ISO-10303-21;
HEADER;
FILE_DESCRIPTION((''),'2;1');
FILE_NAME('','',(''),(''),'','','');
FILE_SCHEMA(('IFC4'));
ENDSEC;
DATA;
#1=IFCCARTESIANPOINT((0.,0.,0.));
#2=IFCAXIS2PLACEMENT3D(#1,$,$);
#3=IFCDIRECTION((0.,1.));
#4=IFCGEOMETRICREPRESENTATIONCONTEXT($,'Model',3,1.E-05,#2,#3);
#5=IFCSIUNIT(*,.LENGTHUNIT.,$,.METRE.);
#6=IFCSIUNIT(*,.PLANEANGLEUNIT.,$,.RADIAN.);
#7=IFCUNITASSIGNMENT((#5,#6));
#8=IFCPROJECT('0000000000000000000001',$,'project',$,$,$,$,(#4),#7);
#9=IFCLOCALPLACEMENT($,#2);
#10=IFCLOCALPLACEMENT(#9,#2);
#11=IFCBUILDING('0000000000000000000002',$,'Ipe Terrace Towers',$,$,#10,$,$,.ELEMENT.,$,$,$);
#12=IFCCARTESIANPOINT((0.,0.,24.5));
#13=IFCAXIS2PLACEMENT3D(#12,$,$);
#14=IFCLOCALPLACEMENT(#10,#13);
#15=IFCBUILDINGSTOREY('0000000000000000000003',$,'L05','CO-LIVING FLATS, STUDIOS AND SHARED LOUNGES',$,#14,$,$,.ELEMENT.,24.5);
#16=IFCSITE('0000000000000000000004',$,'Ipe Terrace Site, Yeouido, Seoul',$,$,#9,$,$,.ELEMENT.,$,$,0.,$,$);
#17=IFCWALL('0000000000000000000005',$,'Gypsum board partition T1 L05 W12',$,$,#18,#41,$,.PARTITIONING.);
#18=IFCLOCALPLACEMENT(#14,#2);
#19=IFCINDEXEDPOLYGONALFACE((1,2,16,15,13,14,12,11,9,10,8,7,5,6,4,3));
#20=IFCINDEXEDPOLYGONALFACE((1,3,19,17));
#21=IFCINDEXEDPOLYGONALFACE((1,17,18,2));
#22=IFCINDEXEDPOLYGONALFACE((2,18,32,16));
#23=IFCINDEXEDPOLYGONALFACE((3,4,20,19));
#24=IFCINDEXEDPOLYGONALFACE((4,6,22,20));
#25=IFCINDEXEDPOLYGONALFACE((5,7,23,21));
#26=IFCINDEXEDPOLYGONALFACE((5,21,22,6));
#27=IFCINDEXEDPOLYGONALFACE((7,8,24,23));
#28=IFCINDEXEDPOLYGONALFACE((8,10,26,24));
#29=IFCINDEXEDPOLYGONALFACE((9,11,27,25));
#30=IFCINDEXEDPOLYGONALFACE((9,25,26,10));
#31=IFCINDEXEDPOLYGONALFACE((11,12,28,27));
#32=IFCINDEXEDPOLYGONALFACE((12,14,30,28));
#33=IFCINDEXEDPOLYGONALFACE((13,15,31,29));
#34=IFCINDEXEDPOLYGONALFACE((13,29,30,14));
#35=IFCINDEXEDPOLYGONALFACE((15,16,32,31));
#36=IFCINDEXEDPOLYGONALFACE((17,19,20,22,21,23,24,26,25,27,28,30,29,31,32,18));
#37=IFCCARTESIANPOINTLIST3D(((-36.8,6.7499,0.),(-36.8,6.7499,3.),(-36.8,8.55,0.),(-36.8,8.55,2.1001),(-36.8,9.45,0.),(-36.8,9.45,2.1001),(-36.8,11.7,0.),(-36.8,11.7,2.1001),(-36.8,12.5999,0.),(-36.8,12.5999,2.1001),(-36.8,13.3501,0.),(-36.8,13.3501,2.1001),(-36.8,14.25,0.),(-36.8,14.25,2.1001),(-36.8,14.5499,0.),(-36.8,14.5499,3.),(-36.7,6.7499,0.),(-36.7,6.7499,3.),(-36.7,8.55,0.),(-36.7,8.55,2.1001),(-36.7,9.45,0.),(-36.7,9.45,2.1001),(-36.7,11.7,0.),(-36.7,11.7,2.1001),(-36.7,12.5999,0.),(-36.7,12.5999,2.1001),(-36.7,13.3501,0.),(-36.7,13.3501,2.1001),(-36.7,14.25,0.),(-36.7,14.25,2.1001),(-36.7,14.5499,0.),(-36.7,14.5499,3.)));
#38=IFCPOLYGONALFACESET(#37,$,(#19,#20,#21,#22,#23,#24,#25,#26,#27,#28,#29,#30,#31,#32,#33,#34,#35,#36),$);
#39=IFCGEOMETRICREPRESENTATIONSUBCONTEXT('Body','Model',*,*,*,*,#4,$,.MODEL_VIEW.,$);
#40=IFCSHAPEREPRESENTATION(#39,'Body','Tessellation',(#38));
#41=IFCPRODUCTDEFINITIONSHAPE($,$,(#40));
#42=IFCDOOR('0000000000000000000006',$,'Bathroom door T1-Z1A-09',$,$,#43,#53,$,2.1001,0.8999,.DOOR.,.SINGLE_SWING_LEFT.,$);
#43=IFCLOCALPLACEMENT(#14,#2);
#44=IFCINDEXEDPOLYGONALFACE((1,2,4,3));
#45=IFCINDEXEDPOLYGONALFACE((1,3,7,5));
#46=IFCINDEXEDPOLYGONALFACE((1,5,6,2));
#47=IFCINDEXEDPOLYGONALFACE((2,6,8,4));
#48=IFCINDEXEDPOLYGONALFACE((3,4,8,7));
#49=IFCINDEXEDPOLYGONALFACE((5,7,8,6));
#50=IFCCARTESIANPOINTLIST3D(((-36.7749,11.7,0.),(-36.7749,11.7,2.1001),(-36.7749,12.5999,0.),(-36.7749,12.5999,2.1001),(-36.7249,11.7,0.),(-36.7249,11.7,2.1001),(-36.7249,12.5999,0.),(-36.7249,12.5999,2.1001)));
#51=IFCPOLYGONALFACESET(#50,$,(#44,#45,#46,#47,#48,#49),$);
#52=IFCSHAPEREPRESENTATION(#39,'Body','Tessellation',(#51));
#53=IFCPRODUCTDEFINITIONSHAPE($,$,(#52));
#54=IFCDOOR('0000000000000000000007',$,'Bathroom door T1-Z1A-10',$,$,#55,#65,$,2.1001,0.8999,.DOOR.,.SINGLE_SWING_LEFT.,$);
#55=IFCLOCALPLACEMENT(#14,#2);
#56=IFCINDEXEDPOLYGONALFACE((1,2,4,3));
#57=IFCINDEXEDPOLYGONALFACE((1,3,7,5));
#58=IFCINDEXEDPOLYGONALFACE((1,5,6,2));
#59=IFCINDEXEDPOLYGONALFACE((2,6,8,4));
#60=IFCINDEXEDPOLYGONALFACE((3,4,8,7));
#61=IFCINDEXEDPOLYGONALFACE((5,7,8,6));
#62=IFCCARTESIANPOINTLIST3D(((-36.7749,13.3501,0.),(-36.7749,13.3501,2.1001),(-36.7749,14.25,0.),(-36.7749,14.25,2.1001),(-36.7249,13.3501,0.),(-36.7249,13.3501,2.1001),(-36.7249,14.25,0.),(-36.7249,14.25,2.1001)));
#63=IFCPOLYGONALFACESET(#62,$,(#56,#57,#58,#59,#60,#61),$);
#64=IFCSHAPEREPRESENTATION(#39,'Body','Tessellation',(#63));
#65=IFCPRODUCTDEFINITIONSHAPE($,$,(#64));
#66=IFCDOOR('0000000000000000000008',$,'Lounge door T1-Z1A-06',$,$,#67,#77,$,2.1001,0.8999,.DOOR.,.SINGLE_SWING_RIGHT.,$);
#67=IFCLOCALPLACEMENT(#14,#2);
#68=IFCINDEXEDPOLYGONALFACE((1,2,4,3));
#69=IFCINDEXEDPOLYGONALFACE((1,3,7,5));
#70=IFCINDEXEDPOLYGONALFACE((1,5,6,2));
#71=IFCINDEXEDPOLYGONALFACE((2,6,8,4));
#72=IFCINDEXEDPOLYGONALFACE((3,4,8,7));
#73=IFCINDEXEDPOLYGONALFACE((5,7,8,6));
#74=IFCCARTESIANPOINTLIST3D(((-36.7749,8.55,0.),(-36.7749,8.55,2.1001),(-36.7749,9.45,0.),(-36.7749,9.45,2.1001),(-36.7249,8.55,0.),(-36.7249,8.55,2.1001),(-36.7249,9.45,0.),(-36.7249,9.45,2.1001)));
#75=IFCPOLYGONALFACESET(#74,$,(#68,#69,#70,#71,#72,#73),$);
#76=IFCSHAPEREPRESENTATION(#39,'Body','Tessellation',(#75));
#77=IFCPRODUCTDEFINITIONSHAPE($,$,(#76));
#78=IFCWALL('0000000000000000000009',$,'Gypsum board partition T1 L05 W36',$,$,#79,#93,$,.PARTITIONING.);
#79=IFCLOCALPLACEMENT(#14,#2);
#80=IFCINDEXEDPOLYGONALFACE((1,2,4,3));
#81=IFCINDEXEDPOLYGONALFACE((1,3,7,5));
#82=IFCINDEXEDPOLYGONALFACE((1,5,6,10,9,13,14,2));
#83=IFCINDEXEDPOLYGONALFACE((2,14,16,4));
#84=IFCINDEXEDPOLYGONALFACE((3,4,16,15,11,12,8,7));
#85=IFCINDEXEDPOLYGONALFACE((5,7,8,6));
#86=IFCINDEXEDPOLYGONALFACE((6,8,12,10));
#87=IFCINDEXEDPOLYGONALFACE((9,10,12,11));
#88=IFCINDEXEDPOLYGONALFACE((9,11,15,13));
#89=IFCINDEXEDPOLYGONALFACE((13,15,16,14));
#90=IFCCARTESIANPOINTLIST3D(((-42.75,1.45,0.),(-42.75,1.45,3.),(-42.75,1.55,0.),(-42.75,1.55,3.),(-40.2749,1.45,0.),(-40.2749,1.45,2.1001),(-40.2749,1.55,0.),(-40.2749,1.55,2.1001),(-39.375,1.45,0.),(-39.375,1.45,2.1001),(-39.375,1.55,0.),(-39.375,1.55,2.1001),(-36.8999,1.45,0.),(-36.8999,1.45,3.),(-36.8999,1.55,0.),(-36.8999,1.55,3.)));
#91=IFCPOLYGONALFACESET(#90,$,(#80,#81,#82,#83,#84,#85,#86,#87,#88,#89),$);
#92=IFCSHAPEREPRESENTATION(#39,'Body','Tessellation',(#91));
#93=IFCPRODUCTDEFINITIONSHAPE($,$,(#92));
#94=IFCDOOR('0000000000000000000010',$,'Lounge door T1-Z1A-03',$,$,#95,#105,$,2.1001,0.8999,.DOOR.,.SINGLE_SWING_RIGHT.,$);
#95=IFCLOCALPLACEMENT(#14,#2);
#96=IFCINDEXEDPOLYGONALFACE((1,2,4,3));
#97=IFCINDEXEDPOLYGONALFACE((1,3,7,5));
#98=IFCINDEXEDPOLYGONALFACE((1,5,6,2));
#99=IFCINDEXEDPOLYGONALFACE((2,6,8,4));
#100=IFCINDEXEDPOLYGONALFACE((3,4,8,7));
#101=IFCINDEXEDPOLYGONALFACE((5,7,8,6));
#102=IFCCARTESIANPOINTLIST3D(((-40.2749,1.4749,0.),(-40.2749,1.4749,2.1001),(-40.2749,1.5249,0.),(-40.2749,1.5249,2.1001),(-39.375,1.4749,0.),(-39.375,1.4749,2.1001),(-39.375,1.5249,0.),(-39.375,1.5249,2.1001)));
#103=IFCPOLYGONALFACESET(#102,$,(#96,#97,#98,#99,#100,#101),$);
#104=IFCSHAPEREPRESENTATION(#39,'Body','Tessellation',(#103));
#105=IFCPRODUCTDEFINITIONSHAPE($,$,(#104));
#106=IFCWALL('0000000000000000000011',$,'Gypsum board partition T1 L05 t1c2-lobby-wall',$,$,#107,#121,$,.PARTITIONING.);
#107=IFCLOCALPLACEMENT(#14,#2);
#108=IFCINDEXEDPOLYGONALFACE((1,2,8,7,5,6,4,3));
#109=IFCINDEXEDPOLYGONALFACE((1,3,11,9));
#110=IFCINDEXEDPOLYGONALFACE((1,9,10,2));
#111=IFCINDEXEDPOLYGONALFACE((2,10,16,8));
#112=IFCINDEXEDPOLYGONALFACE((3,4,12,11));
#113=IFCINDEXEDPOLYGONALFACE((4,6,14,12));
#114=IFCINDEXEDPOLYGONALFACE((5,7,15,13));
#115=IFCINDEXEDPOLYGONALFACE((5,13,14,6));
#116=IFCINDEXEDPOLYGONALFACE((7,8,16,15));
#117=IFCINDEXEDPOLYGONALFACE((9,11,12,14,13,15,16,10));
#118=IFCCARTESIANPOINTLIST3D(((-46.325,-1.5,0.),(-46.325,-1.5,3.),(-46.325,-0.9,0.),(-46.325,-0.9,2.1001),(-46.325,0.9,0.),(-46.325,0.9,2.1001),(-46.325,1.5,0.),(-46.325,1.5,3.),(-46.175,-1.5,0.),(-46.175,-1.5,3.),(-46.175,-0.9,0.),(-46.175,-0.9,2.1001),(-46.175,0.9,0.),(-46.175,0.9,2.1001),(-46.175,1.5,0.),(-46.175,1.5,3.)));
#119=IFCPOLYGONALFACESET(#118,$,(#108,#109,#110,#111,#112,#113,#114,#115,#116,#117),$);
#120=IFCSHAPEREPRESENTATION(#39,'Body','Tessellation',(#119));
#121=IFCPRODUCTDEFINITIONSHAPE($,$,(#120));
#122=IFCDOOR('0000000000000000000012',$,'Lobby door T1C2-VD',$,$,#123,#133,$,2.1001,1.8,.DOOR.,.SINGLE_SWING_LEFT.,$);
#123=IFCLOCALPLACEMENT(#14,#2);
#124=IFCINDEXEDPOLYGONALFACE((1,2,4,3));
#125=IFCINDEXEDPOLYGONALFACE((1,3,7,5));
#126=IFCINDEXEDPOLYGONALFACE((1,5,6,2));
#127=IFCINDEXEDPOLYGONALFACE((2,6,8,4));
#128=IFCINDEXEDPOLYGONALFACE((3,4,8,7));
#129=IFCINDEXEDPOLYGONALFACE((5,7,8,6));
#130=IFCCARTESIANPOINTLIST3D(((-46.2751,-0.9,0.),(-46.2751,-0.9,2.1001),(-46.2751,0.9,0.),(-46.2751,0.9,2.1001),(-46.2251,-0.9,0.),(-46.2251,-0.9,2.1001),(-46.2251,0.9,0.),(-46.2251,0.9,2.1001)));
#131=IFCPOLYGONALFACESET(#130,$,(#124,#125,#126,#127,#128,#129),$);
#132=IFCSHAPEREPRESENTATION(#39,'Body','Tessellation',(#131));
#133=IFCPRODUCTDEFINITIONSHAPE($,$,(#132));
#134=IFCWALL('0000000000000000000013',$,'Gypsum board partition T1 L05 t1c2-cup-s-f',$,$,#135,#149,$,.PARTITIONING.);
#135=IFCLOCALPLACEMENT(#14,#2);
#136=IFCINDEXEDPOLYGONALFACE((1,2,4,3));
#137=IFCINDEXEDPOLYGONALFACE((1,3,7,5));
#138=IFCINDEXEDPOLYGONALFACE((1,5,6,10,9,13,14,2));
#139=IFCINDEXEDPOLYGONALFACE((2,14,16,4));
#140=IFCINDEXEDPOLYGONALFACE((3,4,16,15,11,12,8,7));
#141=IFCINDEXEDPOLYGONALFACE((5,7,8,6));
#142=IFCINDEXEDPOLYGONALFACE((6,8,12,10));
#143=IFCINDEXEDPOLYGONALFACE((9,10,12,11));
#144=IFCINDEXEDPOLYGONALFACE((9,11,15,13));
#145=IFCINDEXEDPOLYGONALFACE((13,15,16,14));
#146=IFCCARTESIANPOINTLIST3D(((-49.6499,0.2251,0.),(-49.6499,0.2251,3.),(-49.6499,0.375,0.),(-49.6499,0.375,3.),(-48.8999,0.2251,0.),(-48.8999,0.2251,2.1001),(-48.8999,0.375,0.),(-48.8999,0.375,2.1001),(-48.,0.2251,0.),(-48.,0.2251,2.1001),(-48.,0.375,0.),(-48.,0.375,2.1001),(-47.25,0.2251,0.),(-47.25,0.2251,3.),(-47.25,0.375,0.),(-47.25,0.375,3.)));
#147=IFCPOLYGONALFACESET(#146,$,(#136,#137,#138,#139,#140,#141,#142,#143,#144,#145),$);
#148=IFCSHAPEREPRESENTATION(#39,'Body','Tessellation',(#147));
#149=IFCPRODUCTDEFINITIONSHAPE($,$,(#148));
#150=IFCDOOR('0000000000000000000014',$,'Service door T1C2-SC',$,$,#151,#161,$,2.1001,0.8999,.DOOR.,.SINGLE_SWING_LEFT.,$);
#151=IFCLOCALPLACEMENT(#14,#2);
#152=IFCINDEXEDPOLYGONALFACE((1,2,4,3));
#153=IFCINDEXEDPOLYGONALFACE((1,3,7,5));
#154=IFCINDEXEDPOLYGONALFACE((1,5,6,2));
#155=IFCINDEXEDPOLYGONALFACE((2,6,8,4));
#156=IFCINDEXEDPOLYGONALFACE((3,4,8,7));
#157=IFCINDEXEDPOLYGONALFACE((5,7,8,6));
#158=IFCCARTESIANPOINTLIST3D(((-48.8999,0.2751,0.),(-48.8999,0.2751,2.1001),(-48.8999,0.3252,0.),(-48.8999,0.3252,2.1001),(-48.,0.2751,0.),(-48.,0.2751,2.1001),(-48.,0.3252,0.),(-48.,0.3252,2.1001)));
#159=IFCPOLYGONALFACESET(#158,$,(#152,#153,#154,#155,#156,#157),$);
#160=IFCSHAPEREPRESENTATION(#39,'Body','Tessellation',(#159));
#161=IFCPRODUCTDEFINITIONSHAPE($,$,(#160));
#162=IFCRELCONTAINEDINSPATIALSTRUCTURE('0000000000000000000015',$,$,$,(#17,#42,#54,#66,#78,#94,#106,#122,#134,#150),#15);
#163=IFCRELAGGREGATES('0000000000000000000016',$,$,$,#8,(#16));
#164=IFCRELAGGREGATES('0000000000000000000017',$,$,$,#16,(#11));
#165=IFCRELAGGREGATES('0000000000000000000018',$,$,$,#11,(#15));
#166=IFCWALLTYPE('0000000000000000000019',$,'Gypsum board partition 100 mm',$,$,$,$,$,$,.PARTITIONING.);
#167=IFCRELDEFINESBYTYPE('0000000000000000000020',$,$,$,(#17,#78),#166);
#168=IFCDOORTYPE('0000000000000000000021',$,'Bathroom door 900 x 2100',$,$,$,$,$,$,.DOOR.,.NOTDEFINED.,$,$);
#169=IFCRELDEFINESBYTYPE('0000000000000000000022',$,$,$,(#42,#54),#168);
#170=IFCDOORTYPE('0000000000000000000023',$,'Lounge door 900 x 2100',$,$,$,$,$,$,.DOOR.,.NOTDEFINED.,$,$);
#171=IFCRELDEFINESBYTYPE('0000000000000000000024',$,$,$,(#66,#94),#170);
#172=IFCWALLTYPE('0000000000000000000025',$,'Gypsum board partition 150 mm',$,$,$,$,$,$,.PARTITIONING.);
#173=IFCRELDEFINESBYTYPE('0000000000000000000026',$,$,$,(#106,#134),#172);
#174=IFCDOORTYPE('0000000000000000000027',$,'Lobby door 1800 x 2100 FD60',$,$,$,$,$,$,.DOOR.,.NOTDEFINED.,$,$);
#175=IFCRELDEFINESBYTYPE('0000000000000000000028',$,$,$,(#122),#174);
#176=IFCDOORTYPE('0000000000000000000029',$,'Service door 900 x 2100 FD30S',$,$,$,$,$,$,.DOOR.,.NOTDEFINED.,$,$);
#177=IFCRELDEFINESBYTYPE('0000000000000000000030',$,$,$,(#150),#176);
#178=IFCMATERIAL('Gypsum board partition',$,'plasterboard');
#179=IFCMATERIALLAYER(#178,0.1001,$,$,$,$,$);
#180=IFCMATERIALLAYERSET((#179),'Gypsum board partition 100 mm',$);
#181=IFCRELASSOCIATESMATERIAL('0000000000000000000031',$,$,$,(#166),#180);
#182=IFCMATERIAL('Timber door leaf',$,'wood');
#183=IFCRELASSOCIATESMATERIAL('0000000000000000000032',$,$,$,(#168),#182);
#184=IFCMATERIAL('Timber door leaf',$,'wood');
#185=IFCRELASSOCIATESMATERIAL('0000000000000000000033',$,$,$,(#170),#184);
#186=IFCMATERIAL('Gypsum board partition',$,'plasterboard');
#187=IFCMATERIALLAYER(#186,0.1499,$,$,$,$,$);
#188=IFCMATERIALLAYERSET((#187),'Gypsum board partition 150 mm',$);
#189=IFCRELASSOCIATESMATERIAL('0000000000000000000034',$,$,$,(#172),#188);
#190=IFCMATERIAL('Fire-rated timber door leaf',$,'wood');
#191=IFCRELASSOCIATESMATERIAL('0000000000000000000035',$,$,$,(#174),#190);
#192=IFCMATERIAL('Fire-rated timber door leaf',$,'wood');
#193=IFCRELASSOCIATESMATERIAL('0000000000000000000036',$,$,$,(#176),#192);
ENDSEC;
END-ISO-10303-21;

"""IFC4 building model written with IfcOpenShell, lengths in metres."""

from ifc_helpers import new_model, si_unit, direction, frame, frame_2d, origin, place, context, subcontext, project, spatial, rectangle, extrude, material, layer, layer_set, type_object, element, fill, save


model = new_model("IFC4")

# Units and contexts
model_context = context("Model", 3, precision=1e-05, world=origin(), true_north=direction((0.0, 1.0)))
body_context = subcontext(model_context, "Body", "Model", "MODEL_VIEW")
ifc_project = project(units=[si_unit("LENGTHUNIT", "METRE"), si_unit("PLANEANGLEUNIT", "RADIAN")], contexts=[model_context])

# Site, building, storey
site_placement = place(None, origin())
site = spatial("IfcSite", under=ifc_project, at=site_placement, Name="Ipe Terrace Site, Yeouido, Seoul", CompositionType="ELEMENT", RefElevation=0.0)
building_placement = place(site_placement, origin())
building = spatial("IfcBuilding", under=site, at=building_placement, Name="Ipe Terrace Towers", CompositionType="ELEMENT")
storey_placement = place(building_placement, frame((0.0, 0.0, 24.5)))
storey = spatial("IfcBuildingStorey", under=building, at=storey_placement, Name="L05", Description="CO-LIVING FLATS, STUDIOS AND SHARED LOUNGES", CompositionType="ELEMENT", Elevation=24.5)

# Shared definitions
ifc_material_1 = material(Name="Gypsum board partition", Category="plasterboard")
ifc_layer_1 = layer(ifc_material_1, 0.1001)
ifc_layer_set_1 = layer_set([ifc_layer_1], Name="Gypsum board partition 100 mm")
wall_type_1 = type_object("IfcWallType", Name="Gypsum board partition 100 mm", PredefinedType="PARTITIONING", material=ifc_layer_set_1)

# Wall, openings, doors
wall_1_placement = place(storey_placement, frame((-36.75, 6.75, 0.0), z_axis=(0.0, 0.0, 1.0), x_axis=(0.0, 1.0, 0.0)))
wall_1 = element("IfcWall", 1, at=wall_1_placement, inside=storey, type_object=wall_type_1, Name="Gypsum board partition T1 L05 W12", PredefinedType="PARTITIONING", context=body_context, shape_type="SweptSolid", body=[
    extrude(rectangle(XDim=7.8, YDim=0.1001, at=frame_2d((3.8999, 0.0))), origin(), (0.0, 0.0, 1.0), 3.0),
])
opening_1_placement = place(wall_1_placement, frame((1.8, 0.0, 0.0)))
opening_1 = element("IfcOpeningElement", 2, at=opening_1_placement, cuts=wall_1, PredefinedType="OPENING", context=body_context, shape_type="SweptSolid", body=[
    extrude(rectangle(XDim=0.8999, YDim=2.1001, at=frame_2d((0.45, 1.05))), frame((0.0, 0.0601, 0.0), z_axis=(0.0, -1.0, 0.0), x_axis=(1.0, 0.0, 0.0)), (0.0, 0.0, 1.0), 0.1201),
])
opening_2_placement = place(wall_1_placement, frame((4.95, 0.0, 0.0)))
opening_2 = element("IfcOpeningElement", 3, at=opening_2_placement, cuts=wall_1, PredefinedType="OPENING", context=body_context, shape_type="SweptSolid", body=[
    extrude(rectangle(XDim=0.8999, YDim=2.1001, at=frame_2d((0.45, 1.05))), frame((0.0, 0.0601, 0.0), z_axis=(0.0, -1.0, 0.0), x_axis=(1.0, 0.0, 0.0)), (0.0, 0.0, 1.0), 0.1201),
])
opening_3_placement = place(wall_1_placement, frame((6.6001, 0.0, 0.0)))
opening_3 = element("IfcOpeningElement", 4, at=opening_3_placement, cuts=wall_1, PredefinedType="OPENING", context=body_context, shape_type="SweptSolid", body=[
    extrude(rectangle(XDim=0.8999, YDim=2.1001, at=frame_2d((0.45, 1.05))), frame((0.0, 0.0601, 0.0), z_axis=(0.0, -1.0, 0.0), x_axis=(1.0, 0.0, 0.0)), (0.0, 0.0, 1.0), 0.1201),
])
ifc_material_2 = material(Name="Timber door leaf", Category="wood")
door_type_1 = type_object("IfcDoorType", Name="Bathroom door 900 x 2100", OperationType="NOTDEFINED", PredefinedType="DOOR", material=ifc_material_2)
door_1_placement = place(opening_2_placement, origin())
door_1 = element("IfcDoor", 5, at=door_1_placement, inside=storey, type_object=door_type_1, Name="Bathroom door T1-Z1A-09", OperationType="SINGLE_SWING_LEFT", OverallHeight=2.1001, OverallWidth=0.8999, PredefinedType="DOOR", context=body_context, shape_type="SweptSolid", body=[
    extrude(rectangle(XDim=0.8999, YDim=2.1001, at=frame_2d((0.45, 1.05))), frame((0.0, 0.0249, 0.0), z_axis=(0.0, -1.0, 0.0), x_axis=(1.0, 0.0, 0.0)), (0.0, 0.0, 1.0), 0.05),
])
fill(opening_2, door_1)
door_2_placement = place(opening_3_placement, origin())
door_2 = element("IfcDoor", 6, at=door_2_placement, inside=storey, type_object=door_type_1, Name="Bathroom door T1-Z1A-10", OperationType="SINGLE_SWING_LEFT", OverallHeight=2.1001, OverallWidth=0.8999, PredefinedType="DOOR", context=body_context, shape_type="SweptSolid", body=[
    extrude(rectangle(XDim=0.8999, YDim=2.1001, at=frame_2d((0.45, 1.05))), frame((0.0, 0.0249, 0.0), z_axis=(0.0, -1.0, 0.0), x_axis=(1.0, 0.0, 0.0)), (0.0, 0.0, 1.0), 0.05),
])
fill(opening_3, door_2)
ifc_material_3 = material(Name="Timber door leaf", Category="wood")
door_type_2 = type_object("IfcDoorType", Name="Lounge door 900 x 2100", OperationType="NOTDEFINED", PredefinedType="DOOR", material=ifc_material_3)
door_3_placement = place(opening_1_placement, origin())
door_3 = element("IfcDoor", 7, at=door_3_placement, inside=storey, type_object=door_type_2, Name="Lounge door T1-Z1A-06", OperationType="SINGLE_SWING_RIGHT", OverallHeight=2.1001, OverallWidth=0.8999, PredefinedType="DOOR", context=body_context, shape_type="SweptSolid", body=[
    extrude(rectangle(XDim=0.8999, YDim=2.1001, at=frame_2d((0.45, 1.05))), frame((0.0, 0.0249, 0.0), z_axis=(0.0, -1.0, 0.0), x_axis=(1.0, 0.0, 0.0)), (0.0, 0.0, 1.0), 0.05),
])
fill(opening_1, door_3)

# Walls, openings, doors
wall_2_placement = place(storey_placement, frame((-42.75, 1.5, 0.0), z_axis=(0.0, 0.0, 1.0), x_axis=(1.0, 0.0, 0.0)))
wall_2 = element("IfcWall", 8, at=wall_2_placement, inside=storey, type_object=wall_type_1, Name="Gypsum board partition T1 L05 W36", PredefinedType="PARTITIONING", context=body_context, shape_type="SweptSolid", body=[
    extrude(rectangle(XDim=5.8501, YDim=0.1001, at=frame_2d((2.925, 0.0))), origin(), (0.0, 0.0, 1.0), 3.0),
])
opening_4_placement = place(wall_2_placement, frame((2.4751, 0.0, 0.0)))
opening_4 = element("IfcOpeningElement", 9, at=opening_4_placement, cuts=wall_2, PredefinedType="OPENING", context=body_context, shape_type="SweptSolid", body=[
    extrude(rectangle(XDim=0.8999, YDim=2.1001, at=frame_2d((0.45, 1.05))), frame((0.0, 0.0601, 0.0), z_axis=(0.0, -1.0, 0.0), x_axis=(1.0, 0.0, 0.0)), (0.0, 0.0, 1.0), 0.1201),
])
door_4_placement = place(opening_4_placement, origin())
door_4 = element("IfcDoor", 10, at=door_4_placement, inside=storey, type_object=door_type_2, Name="Lounge door T1-Z1A-03", OperationType="SINGLE_SWING_RIGHT", OverallHeight=2.1001, OverallWidth=0.8999, PredefinedType="DOOR", context=body_context, shape_type="SweptSolid", body=[
    extrude(rectangle(XDim=0.8999, YDim=2.1001, at=frame_2d((0.45, 1.05))), frame((0.0, 0.0249, 0.0), z_axis=(0.0, -1.0, 0.0), x_axis=(1.0, 0.0, 0.0)), (0.0, 0.0, 1.0), 0.05),
])
fill(opening_4, door_4)
ifc_material_4 = material(Name="Gypsum board partition", Category="plasterboard")
ifc_layer_2 = layer(ifc_material_4, 0.1499)
ifc_layer_set_2 = layer_set([ifc_layer_2], Name="Gypsum board partition 150 mm")
wall_type_2 = type_object("IfcWallType", Name="Gypsum board partition 150 mm", PredefinedType="PARTITIONING", material=ifc_layer_set_2)
wall_3_placement = place(storey_placement, frame((-46.25, 1.5, 0.0), z_axis=(0.0, 0.0, 1.0), x_axis=(0.0, -1.0, 0.0)))
wall_3 = element("IfcWall", 11, at=wall_3_placement, inside=storey, type_object=wall_type_2, Name="Gypsum board partition T1 L05 t1c2-lobby-wall", PredefinedType="PARTITIONING", context=body_context, shape_type="SweptSolid", body=[
    extrude(rectangle(XDim=3.0, YDim=0.1499, at=frame_2d((1.5, 0.0))), origin(), (0.0, 0.0, 1.0), 3.0),
])
opening_5_placement = place(wall_3_placement, frame((0.6001, 0.0, 0.0)))
opening_5 = element("IfcOpeningElement", 12, at=opening_5_placement, cuts=wall_3, PredefinedType="OPENING", context=body_context, shape_type="SweptSolid", body=[
    extrude(rectangle(XDim=1.8, YDim=2.1001, at=frame_2d((0.8999, 1.05))), frame((0.0, 0.085, 0.0), z_axis=(0.0, -1.0, 0.0), x_axis=(1.0, 0.0, 0.0)), (0.0, 0.0, 1.0), 0.1699),
])
ifc_material_5 = material(Name="Fire-rated timber door leaf", Category="wood")
door_type_3 = type_object("IfcDoorType", Name="Lobby door 1800 x 2100 FD60", OperationType="NOTDEFINED", PredefinedType="DOOR", material=ifc_material_5)
door_5_placement = place(opening_5_placement, origin())
door_5 = element("IfcDoor", 13, at=door_5_placement, inside=storey, type_object=door_type_3, Name="Lobby door T1C2-VD", OperationType="SINGLE_SWING_LEFT", OverallHeight=2.1001, OverallWidth=1.8, PredefinedType="DOOR", context=body_context, shape_type="SweptSolid", body=[
    extrude(rectangle(XDim=1.8, YDim=2.1001, at=frame_2d((0.8999, 1.05))), frame((0.0, 0.0249, 0.0), z_axis=(0.0, -1.0, 0.0), x_axis=(1.0, 0.0, 0.0)), (0.0, 0.0, 1.0), 0.05),
])
fill(opening_5, door_5)
wall_4_placement = place(storey_placement, frame((-47.25, 0.3, 0.0), z_axis=(0.0, 0.0, 1.0), x_axis=(-1.0, 0.0, 0.0)))
wall_4 = element("IfcWall", 14, at=wall_4_placement, inside=storey, type_object=wall_type_2, Name="Gypsum board partition T1 L05 t1c2-cup-s-f", PredefinedType="PARTITIONING", context=body_context, shape_type="SweptSolid", body=[
    extrude(rectangle(XDim=2.3999, YDim=0.1499, at=frame_2d((1.2, 0.0))), origin(), (0.0, 0.0, 1.0), 3.0),
])
opening_6_placement = place(wall_4_placement, frame((0.75, 0.0, 0.0)))
opening_6 = element("IfcOpeningElement", 15, at=opening_6_placement, cuts=wall_4, PredefinedType="OPENING", context=body_context, shape_type="SweptSolid", body=[
    extrude(rectangle(XDim=0.8999, YDim=2.1001, at=frame_2d((0.45, 1.05))), frame((0.0, 0.085, 0.0), z_axis=(0.0, -1.0, 0.0), x_axis=(1.0, 0.0, 0.0)), (0.0, 0.0, 1.0), 0.1699),
])
ifc_material_6 = material(Name="Fire-rated timber door leaf", Category="wood")
door_type_4 = type_object("IfcDoorType", Name="Service door 900 x 2100 FD30S", OperationType="NOTDEFINED", PredefinedType="DOOR", material=ifc_material_6)
door_6_placement = place(opening_6_placement, origin())
door_6 = element("IfcDoor", 16, at=door_6_placement, inside=storey, type_object=door_type_4, Name="Service door T1C2-SC", OperationType="SINGLE_SWING_LEFT", OverallHeight=2.1001, OverallWidth=0.8999, PredefinedType="DOOR", context=body_context, shape_type="SweptSolid", body=[
    extrude(rectangle(XDim=0.8999, YDim=2.1001, at=frame_2d((0.45, 1.05))), frame((0.0, 0.0249, 0.0), z_axis=(0.0, -1.0, 0.0), x_axis=(1.0, 0.0, 0.0)), (0.0, 0.0, 1.0), 0.05),
])
fill(opening_6, door_6)

save(model, "model.ifc")
